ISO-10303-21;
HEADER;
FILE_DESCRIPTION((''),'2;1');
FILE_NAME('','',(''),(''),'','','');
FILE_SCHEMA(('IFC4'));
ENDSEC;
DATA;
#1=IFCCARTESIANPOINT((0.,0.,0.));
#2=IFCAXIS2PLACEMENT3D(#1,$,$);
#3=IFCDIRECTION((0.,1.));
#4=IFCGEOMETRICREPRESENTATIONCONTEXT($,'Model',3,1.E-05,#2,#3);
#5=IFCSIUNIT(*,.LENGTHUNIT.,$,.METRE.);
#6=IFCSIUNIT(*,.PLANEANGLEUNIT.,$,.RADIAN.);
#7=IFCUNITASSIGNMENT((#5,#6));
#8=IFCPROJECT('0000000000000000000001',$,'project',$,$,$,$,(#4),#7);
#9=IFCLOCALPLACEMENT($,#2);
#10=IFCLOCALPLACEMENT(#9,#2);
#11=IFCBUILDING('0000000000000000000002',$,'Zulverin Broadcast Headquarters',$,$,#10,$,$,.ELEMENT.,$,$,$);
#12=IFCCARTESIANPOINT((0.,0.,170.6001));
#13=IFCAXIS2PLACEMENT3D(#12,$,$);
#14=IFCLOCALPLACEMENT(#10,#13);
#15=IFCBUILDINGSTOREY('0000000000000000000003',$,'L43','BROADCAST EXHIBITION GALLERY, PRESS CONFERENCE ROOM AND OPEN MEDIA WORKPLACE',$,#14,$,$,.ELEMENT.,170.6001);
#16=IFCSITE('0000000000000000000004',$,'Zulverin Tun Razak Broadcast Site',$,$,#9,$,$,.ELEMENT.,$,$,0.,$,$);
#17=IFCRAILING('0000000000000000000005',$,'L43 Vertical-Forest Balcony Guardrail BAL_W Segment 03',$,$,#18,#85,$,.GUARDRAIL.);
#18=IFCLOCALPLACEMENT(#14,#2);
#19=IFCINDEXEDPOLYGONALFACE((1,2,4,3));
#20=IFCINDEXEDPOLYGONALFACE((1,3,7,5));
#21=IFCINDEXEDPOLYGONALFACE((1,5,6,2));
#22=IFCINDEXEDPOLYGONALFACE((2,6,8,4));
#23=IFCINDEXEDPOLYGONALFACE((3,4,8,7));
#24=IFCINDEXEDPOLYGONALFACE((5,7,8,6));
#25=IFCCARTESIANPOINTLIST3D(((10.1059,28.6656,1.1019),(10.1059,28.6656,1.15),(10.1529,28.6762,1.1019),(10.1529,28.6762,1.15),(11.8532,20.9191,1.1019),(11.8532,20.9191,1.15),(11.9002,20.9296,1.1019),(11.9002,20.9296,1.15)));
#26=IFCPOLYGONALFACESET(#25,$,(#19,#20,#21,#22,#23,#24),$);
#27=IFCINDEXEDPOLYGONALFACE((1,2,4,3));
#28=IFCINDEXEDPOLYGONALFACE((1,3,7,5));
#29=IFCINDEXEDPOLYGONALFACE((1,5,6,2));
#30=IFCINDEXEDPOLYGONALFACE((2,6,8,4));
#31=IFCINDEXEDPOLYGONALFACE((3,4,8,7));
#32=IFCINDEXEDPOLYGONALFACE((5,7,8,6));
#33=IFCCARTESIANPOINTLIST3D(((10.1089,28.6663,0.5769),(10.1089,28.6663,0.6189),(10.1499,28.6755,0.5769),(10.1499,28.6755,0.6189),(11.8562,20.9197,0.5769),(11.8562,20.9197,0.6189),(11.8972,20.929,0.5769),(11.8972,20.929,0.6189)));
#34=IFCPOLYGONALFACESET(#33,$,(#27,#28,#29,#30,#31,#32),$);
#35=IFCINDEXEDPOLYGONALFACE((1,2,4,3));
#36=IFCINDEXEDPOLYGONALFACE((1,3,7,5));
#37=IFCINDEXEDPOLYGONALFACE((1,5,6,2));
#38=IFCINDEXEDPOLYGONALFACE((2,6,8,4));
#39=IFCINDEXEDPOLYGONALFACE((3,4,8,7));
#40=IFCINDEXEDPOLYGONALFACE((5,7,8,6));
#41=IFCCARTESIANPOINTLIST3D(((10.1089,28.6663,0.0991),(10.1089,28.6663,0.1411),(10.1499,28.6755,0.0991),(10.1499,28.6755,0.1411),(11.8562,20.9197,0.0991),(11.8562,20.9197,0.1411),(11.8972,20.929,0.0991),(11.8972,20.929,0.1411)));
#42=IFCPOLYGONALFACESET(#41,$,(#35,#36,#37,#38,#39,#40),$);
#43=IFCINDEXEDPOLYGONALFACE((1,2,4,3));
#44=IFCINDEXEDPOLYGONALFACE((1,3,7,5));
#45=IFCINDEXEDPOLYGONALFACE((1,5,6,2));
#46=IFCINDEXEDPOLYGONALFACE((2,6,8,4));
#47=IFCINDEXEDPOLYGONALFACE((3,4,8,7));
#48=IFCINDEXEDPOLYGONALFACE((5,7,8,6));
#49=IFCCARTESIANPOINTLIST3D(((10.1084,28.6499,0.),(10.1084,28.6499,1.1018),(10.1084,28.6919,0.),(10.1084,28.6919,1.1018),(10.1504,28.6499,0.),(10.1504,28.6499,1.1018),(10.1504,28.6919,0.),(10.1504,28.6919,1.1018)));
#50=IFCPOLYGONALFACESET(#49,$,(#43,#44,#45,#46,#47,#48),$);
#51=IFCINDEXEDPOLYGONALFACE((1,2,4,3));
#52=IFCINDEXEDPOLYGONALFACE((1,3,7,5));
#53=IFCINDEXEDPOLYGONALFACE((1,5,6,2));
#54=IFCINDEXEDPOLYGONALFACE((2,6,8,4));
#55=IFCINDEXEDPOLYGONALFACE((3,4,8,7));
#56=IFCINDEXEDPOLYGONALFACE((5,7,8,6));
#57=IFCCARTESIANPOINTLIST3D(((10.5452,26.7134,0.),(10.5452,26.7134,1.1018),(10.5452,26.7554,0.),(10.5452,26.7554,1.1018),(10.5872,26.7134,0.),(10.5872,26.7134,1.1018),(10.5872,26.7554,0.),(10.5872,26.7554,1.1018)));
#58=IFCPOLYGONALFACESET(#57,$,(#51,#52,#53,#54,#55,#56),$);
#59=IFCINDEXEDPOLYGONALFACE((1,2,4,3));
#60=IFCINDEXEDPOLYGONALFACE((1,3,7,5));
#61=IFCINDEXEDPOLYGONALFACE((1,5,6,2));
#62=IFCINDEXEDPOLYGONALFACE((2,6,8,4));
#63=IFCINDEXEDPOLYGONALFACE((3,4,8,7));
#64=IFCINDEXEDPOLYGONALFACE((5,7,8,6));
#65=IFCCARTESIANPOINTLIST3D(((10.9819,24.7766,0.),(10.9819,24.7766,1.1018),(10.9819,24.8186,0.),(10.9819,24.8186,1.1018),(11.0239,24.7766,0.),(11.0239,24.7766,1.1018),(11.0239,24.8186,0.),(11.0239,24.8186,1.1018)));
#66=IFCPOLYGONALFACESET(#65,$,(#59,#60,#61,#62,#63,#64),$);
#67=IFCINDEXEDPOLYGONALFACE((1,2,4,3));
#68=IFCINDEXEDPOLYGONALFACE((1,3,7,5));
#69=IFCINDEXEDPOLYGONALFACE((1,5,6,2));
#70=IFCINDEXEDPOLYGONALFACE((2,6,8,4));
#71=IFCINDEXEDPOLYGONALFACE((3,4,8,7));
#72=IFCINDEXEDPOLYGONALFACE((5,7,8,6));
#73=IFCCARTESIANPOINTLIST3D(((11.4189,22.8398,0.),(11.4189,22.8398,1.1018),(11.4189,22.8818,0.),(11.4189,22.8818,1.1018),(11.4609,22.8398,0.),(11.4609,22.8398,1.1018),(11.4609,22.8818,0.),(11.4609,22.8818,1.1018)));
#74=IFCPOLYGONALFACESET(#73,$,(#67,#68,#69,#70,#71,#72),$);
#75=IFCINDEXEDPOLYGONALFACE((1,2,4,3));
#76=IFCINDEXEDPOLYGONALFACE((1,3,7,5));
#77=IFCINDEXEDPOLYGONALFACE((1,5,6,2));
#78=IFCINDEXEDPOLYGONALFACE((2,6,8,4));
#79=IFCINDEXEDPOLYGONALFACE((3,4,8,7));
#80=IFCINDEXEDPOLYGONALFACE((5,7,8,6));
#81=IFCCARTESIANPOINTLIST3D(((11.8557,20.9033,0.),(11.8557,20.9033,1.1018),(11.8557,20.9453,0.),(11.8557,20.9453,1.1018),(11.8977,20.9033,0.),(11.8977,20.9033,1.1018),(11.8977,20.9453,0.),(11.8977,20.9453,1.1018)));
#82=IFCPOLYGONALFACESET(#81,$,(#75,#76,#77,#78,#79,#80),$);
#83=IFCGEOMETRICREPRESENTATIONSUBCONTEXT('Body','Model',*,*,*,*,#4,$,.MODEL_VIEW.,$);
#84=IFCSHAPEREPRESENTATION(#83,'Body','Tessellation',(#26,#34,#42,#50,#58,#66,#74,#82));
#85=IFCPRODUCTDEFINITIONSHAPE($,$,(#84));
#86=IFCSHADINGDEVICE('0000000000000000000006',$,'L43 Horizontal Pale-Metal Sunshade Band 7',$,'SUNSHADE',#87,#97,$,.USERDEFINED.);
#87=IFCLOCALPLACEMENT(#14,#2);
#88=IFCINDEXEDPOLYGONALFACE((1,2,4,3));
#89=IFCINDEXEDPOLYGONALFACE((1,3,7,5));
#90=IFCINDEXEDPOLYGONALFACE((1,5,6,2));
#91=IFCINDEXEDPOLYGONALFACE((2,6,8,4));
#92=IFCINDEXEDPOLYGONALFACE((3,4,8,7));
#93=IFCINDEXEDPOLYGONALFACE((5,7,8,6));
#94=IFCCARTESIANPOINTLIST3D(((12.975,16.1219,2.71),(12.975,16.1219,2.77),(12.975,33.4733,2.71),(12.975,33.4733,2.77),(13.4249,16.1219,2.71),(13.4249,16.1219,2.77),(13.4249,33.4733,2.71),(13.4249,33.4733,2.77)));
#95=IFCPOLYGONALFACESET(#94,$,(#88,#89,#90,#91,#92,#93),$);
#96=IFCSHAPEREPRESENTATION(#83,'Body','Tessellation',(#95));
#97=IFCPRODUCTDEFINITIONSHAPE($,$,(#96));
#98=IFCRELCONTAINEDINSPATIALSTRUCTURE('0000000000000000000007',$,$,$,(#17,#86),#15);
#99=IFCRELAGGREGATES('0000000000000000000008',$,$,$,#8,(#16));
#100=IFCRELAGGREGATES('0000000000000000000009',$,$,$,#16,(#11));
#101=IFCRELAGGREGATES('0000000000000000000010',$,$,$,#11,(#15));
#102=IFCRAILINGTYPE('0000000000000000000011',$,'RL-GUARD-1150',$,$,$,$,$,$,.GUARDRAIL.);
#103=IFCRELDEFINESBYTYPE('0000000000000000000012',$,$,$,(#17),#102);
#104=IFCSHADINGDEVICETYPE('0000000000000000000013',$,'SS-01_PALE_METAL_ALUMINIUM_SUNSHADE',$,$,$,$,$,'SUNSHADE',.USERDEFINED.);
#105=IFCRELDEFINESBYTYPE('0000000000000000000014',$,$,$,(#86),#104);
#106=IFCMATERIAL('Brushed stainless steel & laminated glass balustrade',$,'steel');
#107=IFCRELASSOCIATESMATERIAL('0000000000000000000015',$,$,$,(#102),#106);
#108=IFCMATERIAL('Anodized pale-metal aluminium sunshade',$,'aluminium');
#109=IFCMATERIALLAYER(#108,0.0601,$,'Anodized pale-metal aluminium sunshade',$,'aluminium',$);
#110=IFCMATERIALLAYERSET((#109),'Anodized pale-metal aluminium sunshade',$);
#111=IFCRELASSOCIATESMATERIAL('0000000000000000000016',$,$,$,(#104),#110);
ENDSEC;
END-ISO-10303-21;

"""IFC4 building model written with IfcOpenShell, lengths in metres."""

from ifc_helpers import new_model, si_unit, direction, frame, origin, origin_2d, place, context, subcontext, project, spatial, rectangle, extrude, material, layer, layer_set, type_object, element, save


model = new_model("IFC4")

# Units and contexts
model_context = context("Model", 3, precision=1e-05, world=origin(), true_north=direction((0.0, 1.0)))
body_context = subcontext(model_context, "Body", "Model", "MODEL_VIEW")
ifc_project = project(units=[si_unit("LENGTHUNIT", "METRE"), si_unit("PLANEANGLEUNIT", "RADIAN")], contexts=[model_context])

# Site, building, storey
site_placement = place(None, origin())
site = spatial("IfcSite", under=ifc_project, at=site_placement, Name="Zulverin Tun Razak Broadcast Site", CompositionType="ELEMENT", RefElevation=0.0)
building_placement = place(site_placement, origin())
building = spatial("IfcBuilding", under=site, at=building_placement, Name="Zulverin Broadcast Headquarters", CompositionType="ELEMENT")
storey_placement = place(building_placement, frame((0.0, 0.0, 170.6001)))
storey = spatial("IfcBuildingStorey", under=building, at=storey_placement, Name="L43", Description="BROADCAST EXHIBITION GALLERY, PRESS CONFERENCE ROOM AND OPEN MEDIA WORKPLACE", CompositionType="ELEMENT", Elevation=170.6001)

# Railing
ifc_material_1 = material(Name="Brushed stainless steel & laminated glass balustrade", Category="steel")
railing_type = type_object("IfcRailingType", Name="RL-GUARD-1150", PredefinedType="GUARDRAIL", material=ifc_material_1)
railing_1_placement = place(storey_placement, frame((10.1294, 28.6709, 0.0)))
element("IfcRailing", 1, at=railing_1_placement, inside=storey, type_object=railing_type, Name="L43 Vertical-Forest Balcony Guardrail BAL_W Segment 03", PredefinedType="GUARDRAIL", context=body_context, shape_type="SweptSolid", body=[
    extrude(rectangle(XDim=0.0481, YDim=0.0481, at=origin_2d()), frame((0.0, 0.0, 1.126), z_axis=(0.220032, -0.975493, 0.0), x_axis=(0.975493, 0.220032, 0.0)), (0.0, 0.0, 1.0), 7.9412),
    extrude(rectangle(XDim=0.042, YDim=0.042, at=origin_2d()), frame((0.0, 0.0, 0.5979), z_axis=(0.220032, -0.975493, 0.0), x_axis=(0.975493, 0.220032, 0.0)), (0.0, 0.0, 1.0), 7.9412),
    extrude(rectangle(XDim=0.042, YDim=0.042, at=origin_2d()), frame((0.0, 0.0, 0.1201), z_axis=(0.220032, -0.975493, 0.0), x_axis=(0.975493, 0.220032, 0.0)), (0.0, 0.0, 1.0), 7.9412),
    extrude(rectangle(XDim=0.042, YDim=0.042, at=origin_2d()), origin(), (0.0, 0.0, 1.0), 1.1018),
    extrude(rectangle(XDim=0.042, YDim=0.042, at=origin_2d()), frame((0.4368, -1.9365, 0.0)), (0.0, 0.0, 1.0), 1.1018),
    extrude(rectangle(XDim=0.042, YDim=0.042, at=origin_2d()), frame((0.8735, -3.8733, 0.0)), (0.0, 0.0, 1.0), 1.1018),
    extrude(rectangle(XDim=0.042, YDim=0.042, at=origin_2d()), frame((1.3105, -5.8101, 0.0)), (0.0, 0.0, 1.0), 1.1018),
    extrude(rectangle(XDim=0.042, YDim=0.042, at=origin_2d()), frame((1.7473, -7.7466, 0.0)), (0.0, 0.0, 1.0), 1.1018),
])

# Shading device
ifc_material_2 = material(Name="Anodized pale-metal aluminium sunshade", Category="aluminium")
ifc_layer_1 = layer(ifc_material_2, 0.0601, Name="Anodized pale-metal aluminium sunshade", Category="aluminium")
ifc_layer_set_1 = layer_set([ifc_layer_1], Name="Anodized pale-metal aluminium sunshade")
shading_device_type = type_object("IfcShadingDeviceType", Name="SS-01_PALE_METAL_ALUMINIUM_SUNSHADE", ElementType="SUNSHADE", PredefinedType="USERDEFINED", material=ifc_layer_set_1)
shading_device_placement = place(storey_placement, frame((13.2, 24.7976, 2.71), z_axis=(0.0, 0.0, 1.0), x_axis=(0.0, -1.0, 0.0)))
element("IfcShadingDevice", 2, at=shading_device_placement, inside=storey, type_object=shading_device_type, Name="L43 Horizontal Pale-Metal Sunshade Band 7", ObjectType="SUNSHADE", PredefinedType="USERDEFINED", context=body_context, shape_type="SweptSolid", body=[
    extrude(rectangle(XDim=17.3513, YDim=0.45, at=origin_2d()), origin(), (0.0, 0.0, 1.0), 0.0601),
])

save(model, "model.ifc")
